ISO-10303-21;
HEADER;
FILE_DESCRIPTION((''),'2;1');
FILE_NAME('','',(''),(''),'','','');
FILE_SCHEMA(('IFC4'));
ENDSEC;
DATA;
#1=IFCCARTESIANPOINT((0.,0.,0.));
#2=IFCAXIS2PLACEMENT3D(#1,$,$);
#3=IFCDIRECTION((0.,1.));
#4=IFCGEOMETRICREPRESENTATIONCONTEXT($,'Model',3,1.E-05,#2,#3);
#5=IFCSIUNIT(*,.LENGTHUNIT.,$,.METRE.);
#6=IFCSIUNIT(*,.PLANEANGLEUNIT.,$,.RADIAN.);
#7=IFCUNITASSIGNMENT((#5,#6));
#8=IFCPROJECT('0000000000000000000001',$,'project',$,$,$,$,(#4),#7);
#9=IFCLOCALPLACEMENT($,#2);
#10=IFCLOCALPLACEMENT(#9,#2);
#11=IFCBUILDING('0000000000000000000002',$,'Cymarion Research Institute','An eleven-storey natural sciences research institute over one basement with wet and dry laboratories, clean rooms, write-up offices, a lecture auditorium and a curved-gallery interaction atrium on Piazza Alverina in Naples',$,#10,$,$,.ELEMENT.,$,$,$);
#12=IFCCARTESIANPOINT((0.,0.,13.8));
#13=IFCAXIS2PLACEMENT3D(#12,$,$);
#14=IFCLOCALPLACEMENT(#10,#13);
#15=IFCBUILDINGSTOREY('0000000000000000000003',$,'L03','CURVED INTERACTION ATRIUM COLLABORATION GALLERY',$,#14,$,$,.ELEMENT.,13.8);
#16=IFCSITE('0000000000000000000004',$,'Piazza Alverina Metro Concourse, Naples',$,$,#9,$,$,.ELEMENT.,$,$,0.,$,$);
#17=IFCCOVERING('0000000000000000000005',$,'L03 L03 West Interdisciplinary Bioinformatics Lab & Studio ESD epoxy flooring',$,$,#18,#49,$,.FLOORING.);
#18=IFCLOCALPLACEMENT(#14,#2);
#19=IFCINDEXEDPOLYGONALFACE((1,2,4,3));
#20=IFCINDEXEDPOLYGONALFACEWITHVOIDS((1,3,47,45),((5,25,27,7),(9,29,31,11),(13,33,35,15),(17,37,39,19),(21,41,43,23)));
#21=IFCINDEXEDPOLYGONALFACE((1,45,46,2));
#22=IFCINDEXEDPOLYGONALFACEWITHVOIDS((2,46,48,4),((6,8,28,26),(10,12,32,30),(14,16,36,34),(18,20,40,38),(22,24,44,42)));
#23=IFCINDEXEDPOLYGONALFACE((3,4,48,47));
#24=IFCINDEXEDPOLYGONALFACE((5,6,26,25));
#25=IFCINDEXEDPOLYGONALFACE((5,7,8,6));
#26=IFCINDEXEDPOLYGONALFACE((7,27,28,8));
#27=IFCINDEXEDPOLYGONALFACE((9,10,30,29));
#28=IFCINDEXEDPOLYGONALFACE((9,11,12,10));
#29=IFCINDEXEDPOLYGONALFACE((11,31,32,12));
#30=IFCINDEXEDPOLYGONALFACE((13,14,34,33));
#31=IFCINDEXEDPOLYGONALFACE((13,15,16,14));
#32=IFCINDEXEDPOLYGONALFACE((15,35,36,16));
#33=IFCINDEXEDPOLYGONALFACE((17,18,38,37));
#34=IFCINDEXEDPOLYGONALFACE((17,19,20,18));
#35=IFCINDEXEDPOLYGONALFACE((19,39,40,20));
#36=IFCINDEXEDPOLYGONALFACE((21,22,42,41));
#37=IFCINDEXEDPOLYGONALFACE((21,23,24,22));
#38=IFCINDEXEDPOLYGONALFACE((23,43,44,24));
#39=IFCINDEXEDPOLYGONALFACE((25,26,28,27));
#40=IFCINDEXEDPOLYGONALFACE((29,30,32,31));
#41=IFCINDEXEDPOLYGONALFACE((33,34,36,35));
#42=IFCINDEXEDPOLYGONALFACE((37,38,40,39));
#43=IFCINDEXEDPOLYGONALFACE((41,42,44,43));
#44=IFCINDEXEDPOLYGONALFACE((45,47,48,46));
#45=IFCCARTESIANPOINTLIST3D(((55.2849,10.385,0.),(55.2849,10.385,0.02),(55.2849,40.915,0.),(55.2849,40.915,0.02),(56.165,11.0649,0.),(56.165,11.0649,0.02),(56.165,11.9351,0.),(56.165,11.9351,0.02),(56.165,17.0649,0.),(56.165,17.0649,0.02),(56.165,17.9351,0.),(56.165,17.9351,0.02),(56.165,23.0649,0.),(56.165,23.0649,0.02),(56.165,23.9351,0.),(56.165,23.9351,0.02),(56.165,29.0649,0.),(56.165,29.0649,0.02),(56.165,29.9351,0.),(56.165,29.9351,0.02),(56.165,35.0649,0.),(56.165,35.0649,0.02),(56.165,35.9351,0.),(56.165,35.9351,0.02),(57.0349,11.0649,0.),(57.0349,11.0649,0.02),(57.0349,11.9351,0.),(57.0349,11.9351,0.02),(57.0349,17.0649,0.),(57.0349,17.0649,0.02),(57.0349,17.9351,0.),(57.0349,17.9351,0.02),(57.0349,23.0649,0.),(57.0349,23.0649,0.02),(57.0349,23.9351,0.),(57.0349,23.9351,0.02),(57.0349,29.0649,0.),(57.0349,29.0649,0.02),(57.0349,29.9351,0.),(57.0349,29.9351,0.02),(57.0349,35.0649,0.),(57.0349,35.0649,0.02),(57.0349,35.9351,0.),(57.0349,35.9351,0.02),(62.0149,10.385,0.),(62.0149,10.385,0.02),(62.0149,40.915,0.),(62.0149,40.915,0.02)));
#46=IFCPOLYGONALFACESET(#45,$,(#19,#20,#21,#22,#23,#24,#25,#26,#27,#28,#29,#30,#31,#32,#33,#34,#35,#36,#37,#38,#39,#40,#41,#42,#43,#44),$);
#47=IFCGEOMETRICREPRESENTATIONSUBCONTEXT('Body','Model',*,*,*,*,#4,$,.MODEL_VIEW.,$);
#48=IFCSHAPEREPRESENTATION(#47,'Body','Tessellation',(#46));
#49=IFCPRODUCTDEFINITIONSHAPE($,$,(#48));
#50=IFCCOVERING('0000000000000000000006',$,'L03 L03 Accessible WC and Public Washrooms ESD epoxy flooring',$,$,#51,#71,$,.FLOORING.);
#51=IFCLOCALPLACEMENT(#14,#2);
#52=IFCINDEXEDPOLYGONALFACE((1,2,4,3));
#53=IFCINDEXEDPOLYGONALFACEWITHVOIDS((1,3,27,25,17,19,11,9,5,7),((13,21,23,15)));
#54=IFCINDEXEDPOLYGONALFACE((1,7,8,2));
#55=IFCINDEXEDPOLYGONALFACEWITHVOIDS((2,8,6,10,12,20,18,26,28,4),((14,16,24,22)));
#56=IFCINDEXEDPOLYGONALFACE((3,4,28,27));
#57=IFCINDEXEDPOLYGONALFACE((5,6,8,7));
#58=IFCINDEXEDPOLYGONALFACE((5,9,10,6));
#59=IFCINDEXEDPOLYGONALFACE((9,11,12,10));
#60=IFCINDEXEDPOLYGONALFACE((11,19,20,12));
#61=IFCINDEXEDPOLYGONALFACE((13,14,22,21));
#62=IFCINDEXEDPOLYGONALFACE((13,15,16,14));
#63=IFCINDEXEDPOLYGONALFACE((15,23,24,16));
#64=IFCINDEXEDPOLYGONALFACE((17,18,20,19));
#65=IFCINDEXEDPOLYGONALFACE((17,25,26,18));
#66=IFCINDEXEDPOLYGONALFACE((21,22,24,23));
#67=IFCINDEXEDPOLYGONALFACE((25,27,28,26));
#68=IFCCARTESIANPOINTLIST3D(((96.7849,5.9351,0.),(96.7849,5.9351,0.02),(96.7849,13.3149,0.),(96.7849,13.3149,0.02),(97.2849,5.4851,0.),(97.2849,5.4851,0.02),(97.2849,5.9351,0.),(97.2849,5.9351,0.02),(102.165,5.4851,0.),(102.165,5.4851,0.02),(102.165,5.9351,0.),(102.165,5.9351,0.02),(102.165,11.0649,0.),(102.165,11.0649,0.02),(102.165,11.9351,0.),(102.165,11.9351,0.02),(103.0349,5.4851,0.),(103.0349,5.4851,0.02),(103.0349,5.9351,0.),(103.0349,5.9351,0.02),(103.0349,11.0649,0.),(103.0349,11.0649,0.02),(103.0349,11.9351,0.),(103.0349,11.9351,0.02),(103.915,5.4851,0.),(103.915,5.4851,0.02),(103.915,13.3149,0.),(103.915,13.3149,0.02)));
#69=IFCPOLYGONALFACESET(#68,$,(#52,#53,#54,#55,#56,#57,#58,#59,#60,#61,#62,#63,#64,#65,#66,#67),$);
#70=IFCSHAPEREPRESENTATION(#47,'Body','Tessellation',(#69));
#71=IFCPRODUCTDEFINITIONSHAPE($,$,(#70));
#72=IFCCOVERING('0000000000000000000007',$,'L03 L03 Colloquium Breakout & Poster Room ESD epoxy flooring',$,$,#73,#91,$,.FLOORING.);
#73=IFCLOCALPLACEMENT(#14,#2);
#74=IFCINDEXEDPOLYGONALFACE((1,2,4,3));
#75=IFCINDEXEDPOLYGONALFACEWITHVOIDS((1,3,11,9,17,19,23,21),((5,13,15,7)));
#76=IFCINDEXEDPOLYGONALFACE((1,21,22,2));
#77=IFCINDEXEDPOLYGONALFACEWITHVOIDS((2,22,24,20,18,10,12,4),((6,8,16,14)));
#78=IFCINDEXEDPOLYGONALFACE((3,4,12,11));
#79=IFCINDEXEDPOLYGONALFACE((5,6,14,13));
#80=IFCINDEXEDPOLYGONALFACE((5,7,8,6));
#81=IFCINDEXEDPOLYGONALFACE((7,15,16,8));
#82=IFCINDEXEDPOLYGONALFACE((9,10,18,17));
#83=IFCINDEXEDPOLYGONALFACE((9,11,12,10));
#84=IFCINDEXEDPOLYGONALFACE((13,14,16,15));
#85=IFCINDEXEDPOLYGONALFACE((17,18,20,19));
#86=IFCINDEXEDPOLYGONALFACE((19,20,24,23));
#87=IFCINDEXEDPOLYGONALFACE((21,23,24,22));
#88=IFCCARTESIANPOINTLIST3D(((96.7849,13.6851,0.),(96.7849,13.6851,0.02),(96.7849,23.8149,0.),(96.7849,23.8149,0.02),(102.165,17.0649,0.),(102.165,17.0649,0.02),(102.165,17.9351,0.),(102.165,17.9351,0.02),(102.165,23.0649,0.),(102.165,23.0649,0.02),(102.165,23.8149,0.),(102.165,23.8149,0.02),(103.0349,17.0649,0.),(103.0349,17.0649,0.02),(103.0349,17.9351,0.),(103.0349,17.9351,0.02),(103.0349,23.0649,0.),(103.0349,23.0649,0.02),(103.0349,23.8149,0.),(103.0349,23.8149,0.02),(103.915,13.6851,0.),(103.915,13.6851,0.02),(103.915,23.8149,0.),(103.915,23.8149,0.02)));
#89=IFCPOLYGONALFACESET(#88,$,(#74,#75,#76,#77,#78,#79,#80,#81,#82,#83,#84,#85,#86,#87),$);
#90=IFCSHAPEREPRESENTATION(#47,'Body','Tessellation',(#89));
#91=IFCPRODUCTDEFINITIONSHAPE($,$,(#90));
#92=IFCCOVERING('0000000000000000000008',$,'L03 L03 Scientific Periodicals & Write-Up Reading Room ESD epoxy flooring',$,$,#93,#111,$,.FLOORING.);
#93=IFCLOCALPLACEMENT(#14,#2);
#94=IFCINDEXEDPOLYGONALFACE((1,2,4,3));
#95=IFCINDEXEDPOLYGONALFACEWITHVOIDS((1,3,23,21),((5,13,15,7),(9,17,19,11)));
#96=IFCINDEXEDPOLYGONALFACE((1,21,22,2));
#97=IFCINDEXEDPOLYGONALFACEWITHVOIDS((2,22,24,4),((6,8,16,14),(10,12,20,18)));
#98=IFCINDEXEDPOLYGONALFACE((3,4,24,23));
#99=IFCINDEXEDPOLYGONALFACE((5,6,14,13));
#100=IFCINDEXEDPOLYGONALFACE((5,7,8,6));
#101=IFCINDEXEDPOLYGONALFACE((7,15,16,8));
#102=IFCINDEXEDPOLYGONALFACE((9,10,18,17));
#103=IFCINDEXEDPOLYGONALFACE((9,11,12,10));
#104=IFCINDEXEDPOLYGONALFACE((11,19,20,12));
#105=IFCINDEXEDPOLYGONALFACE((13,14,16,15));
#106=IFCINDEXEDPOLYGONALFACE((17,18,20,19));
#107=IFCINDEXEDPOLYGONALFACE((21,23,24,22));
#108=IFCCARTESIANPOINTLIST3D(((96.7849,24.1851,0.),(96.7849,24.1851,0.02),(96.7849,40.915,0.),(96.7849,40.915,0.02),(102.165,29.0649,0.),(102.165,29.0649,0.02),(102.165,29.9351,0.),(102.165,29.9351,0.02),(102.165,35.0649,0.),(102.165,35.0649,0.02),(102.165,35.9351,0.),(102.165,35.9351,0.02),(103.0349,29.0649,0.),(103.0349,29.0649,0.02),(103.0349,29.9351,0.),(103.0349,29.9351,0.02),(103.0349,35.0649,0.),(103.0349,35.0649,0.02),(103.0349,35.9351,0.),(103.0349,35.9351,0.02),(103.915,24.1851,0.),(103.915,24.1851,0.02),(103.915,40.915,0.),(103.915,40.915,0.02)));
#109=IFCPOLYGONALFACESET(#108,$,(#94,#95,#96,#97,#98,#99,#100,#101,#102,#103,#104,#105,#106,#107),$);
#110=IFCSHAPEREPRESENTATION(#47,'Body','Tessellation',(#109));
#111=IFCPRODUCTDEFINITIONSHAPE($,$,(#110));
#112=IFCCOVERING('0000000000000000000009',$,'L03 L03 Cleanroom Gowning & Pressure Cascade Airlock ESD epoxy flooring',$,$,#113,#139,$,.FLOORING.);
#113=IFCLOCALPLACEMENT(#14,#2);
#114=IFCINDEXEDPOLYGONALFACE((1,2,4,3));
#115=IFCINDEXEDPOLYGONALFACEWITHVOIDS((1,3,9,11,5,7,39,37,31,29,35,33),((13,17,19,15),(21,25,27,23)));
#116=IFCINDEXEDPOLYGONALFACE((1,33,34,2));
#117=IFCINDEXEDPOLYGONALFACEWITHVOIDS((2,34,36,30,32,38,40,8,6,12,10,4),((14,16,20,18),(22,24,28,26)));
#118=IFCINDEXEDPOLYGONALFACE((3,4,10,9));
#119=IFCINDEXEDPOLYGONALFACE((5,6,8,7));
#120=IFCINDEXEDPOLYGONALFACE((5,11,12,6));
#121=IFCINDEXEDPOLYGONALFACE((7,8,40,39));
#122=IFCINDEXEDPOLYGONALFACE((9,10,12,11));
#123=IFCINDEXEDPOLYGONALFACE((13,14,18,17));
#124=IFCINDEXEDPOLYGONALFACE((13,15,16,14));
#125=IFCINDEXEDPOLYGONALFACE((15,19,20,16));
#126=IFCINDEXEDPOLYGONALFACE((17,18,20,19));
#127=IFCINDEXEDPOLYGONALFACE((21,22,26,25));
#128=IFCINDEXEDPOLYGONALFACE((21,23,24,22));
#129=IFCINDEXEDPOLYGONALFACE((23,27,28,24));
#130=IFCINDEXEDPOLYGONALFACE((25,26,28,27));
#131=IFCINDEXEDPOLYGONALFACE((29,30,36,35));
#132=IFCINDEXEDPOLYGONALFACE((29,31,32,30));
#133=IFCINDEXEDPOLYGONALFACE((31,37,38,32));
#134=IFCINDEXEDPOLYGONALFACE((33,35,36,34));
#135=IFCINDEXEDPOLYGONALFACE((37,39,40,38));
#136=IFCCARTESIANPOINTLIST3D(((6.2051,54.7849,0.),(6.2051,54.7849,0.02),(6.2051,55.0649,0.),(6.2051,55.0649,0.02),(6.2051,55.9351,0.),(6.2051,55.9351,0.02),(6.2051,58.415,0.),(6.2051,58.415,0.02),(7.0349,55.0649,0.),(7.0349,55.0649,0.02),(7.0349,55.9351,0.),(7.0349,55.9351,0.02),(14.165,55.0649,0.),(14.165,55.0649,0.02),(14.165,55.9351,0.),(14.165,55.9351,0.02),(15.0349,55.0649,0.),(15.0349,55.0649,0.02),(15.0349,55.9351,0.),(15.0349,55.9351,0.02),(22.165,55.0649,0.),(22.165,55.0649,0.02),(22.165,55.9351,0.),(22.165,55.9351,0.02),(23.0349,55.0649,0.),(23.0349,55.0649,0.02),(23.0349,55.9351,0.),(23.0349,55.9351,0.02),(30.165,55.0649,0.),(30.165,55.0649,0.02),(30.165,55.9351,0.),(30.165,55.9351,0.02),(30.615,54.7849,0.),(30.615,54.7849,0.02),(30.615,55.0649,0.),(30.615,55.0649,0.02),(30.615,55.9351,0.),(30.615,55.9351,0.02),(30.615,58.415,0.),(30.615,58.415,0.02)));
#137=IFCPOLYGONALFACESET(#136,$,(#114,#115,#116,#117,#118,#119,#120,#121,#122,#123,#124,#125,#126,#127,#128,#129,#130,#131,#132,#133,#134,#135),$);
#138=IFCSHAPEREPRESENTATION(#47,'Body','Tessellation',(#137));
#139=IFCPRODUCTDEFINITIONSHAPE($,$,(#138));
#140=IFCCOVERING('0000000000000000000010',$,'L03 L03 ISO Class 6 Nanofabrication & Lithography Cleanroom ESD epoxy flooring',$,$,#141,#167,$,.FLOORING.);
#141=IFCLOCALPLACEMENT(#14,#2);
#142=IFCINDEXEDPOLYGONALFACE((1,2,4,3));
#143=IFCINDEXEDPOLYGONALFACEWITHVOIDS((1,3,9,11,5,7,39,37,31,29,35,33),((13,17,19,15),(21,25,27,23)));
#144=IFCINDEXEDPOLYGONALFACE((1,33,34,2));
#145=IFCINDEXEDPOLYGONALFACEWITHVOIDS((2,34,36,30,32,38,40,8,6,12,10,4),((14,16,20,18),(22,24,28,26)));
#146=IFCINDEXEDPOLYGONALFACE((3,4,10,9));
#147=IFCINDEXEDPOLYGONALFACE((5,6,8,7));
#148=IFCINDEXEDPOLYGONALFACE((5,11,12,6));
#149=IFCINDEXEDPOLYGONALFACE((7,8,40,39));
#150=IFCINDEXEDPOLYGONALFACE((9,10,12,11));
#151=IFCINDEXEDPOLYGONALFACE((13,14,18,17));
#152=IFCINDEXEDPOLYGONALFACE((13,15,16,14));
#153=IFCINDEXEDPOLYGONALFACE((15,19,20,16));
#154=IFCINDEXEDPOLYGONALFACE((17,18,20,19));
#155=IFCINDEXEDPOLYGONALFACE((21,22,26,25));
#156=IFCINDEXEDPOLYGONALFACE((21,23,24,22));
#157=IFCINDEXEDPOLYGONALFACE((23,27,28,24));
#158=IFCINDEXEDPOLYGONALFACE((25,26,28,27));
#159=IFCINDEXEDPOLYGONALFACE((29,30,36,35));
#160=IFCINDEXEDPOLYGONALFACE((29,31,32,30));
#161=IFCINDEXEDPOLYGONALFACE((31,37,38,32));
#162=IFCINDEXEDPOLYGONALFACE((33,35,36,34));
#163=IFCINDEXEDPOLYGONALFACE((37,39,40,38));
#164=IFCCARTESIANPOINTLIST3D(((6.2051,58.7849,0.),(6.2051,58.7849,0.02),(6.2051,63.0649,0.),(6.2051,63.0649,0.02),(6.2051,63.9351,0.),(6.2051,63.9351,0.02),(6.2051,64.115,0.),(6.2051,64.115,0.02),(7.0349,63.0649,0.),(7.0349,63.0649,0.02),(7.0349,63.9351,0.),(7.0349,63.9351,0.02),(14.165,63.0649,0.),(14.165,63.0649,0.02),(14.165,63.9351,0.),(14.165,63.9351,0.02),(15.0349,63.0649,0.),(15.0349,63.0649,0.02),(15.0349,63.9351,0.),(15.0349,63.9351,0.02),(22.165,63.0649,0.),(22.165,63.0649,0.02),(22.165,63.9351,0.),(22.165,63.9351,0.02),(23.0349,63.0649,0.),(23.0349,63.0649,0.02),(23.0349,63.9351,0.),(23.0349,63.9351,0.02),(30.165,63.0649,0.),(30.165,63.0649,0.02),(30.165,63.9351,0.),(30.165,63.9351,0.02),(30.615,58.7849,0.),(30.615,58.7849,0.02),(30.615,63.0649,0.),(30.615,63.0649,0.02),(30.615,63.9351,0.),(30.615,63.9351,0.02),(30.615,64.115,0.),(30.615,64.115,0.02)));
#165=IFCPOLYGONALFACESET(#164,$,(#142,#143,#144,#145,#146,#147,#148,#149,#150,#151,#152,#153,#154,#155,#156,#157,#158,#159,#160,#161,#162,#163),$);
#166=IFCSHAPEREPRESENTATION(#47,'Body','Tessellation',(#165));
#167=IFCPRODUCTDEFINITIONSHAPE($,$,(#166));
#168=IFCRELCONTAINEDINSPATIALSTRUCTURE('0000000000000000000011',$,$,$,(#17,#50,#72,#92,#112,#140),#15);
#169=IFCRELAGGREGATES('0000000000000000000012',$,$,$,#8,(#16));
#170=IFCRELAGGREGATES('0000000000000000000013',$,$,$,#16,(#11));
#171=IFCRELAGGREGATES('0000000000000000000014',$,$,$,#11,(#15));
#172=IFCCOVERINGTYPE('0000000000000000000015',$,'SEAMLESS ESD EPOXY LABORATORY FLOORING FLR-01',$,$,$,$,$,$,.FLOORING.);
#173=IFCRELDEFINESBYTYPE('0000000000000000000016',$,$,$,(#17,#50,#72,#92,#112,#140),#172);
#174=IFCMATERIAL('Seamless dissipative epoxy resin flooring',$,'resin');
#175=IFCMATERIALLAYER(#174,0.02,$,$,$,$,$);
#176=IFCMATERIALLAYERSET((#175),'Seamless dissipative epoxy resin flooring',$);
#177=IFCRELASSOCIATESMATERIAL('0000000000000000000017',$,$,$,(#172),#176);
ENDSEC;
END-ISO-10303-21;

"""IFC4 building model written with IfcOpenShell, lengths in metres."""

from ifc_helpers import new_model, si_unit, direction, frame, origin, place, context, subcontext, project, spatial, polyline, outline, extrude, material, layer, layer_set, type_object, element, save


model = new_model("IFC4")

# Units and contexts
model_context = context("Model", 3, precision=1e-05, world=origin(), true_north=direction((0.0, 1.0)))
body_context = subcontext(model_context, "Body", "Model", "MODEL_VIEW")
ifc_project = project(units=[si_unit("LENGTHUNIT", "METRE"), si_unit("PLANEANGLEUNIT", "RADIAN")], contexts=[model_context])

# Site, building, storey
site_placement = place(None, origin())
site = spatial("IfcSite", under=ifc_project, at=site_placement, Name="Piazza Alverina Metro Concourse, Naples", CompositionType="ELEMENT", RefElevation=0.0)
building_placement = place(site_placement, origin())
building = spatial("IfcBuilding", under=site, at=building_placement, Name="Cymarion Research Institute", Description="An eleven-storey natural sciences research institute over one basement with wet and dry laboratories, clean rooms, write-up offices, a lecture auditorium and a curved-gallery interaction atrium on Piazza Alverina in Naples", CompositionType="ELEMENT")
storey_placement = place(building_placement, frame((0.0, 0.0, 13.8)))
storey = spatial("IfcBuildingStorey", under=building, at=storey_placement, Name="L03", Description="CURVED INTERACTION ATRIUM COLLABORATION GALLERY", CompositionType="ELEMENT", Elevation=13.8)

# Coverings
ifc_material_1 = material(Name="Seamless dissipative epoxy resin flooring", Category="resin")
ifc_layer_1 = layer(ifc_material_1, 0.02)
ifc_layer_set_1 = layer_set([ifc_layer_1], Name="Seamless dissipative epoxy resin flooring")
covering_type_1 = type_object("IfcCoveringType", Name="SEAMLESS ESD EPOXY LABORATORY FLOORING FLR-01", PredefinedType="FLOORING", material=ifc_layer_set_1)
covering_1_placement = place(storey_placement, origin())
element("IfcCovering", 1, at=covering_1_placement, inside=storey, type_object=covering_type_1, Name="L03 L03 West Interdisciplinary Bioinformatics Lab & Studio ESD epoxy flooring", PredefinedType="FLOORING", context=body_context, shape_type="SweptSolid", body=[
    extrude(outline(polyline([(55.2849, 40.915), (62.0149, 40.915), (62.0149, 10.385), (55.2849, 10.385), (55.2849, 40.915)]), holes=[polyline([(56.165, 23.9351), (56.165, 23.0649), (57.0349, 23.0649), (57.0349, 23.9351), (56.165, 23.9351)]), polyline([(56.165, 35.9351), (56.165, 35.0649), (57.0349, 35.0649), (57.0349, 35.9351), (56.165, 35.9351)]), polyline([(57.0349, 11.9351), (56.165, 11.9351), (56.165, 11.0649), (57.0349, 11.0649), (57.0349, 11.9351)]), polyline([(57.0349, 17.9351), (56.165, 17.9351), (56.165, 17.0649), (57.0349, 17.0649), (57.0349, 17.9351)]), polyline([(57.0349, 29.9351), (56.165, 29.9351), (56.165, 29.0649), (57.0349, 29.0649), (57.0349, 29.9351)])]), origin(), (0.0, 0.0, 1.0), 0.02),
])
covering_2_placement = place(storey_placement, origin())
element("IfcCovering", 2, at=covering_2_placement, inside=storey, type_object=covering_type_1, Name="L03 L03 Accessible WC and Public Washrooms ESD epoxy flooring", PredefinedType="FLOORING", context=body_context, shape_type="SweptSolid", body=[
    extrude(outline(polyline([(96.7849, 13.3149), (103.915, 13.3149), (103.915, 5.4851), (103.0349, 5.4851), (103.0349, 5.9351), (102.165, 5.9351), (102.165, 5.4851), (97.2849, 5.4851), (97.2849, 5.9351), (96.7849, 5.9351), (96.7849, 13.3149)]), holes=[polyline([(103.0349, 11.9351), (102.165, 11.9351), (102.165, 11.0649), (103.0349, 11.0649), (103.0349, 11.9351)])]), origin(), (0.0, 0.0, 1.0), 0.02),
])
covering_3_placement = place(storey_placement, origin())
element("IfcCovering", 3, at=covering_3_placement, inside=storey, type_object=covering_type_1, Name="L03 L03 Colloquium Breakout & Poster Room ESD epoxy flooring", PredefinedType="FLOORING", context=body_context, shape_type="SweptSolid", body=[
    extrude(outline(polyline([(96.7849, 23.8149), (102.165, 23.8149), (102.165, 23.0649), (103.0349, 23.0649), (103.0349, 23.8149), (103.915, 23.8149), (103.915, 13.6851), (96.7849, 13.6851), (96.7849, 23.8149)]), holes=[polyline([(102.165, 17.9351), (102.165, 17.0649), (103.0349, 17.0649), (103.0349, 17.9351), (102.165, 17.9351)])]), origin(), (0.0, 0.0, 1.0), 0.02),
])
covering_4_placement = place(storey_placement, origin())
element("IfcCovering", 4, at=covering_4_placement, inside=storey, type_object=covering_type_1, Name="L03 L03 Scientific Periodicals & Write-Up Reading Room ESD epoxy flooring", PredefinedType="FLOORING", context=body_context, shape_type="SweptSolid", body=[
    extrude(outline(polyline([(96.7849, 40.915), (103.915, 40.915), (103.915, 24.1851), (96.7849, 24.1851), (96.7849, 40.915)]), holes=[polyline([(103.0349, 29.9351), (102.165, 29.9351), (102.165, 29.0649), (103.0349, 29.0649), (103.0349, 29.9351)]), polyline([(103.0349, 35.9351), (102.165, 35.9351), (102.165, 35.0649), (103.0349, 35.0649), (103.0349, 35.9351)])]), origin(), (0.0, 0.0, 1.0), 0.02),
])
covering_5_placement = place(storey_placement, origin())
element("IfcCovering", 5, at=covering_5_placement, inside=storey, type_object=covering_type_1, Name="L03 L03 Cleanroom Gowning & Pressure Cascade Airlock ESD epoxy flooring", PredefinedType="FLOORING", context=body_context, shape_type="SweptSolid", body=[
    extrude(outline(polyline([(6.2051, 55.0649), (7.0349, 55.0649), (7.0349, 55.9351), (6.2051, 55.9351), (6.2051, 58.415), (30.615, 58.415), (30.615, 55.9351), (30.165, 55.9351), (30.165, 55.0649), (30.615, 55.0649), (30.615, 54.7849), (6.2051, 54.7849), (6.2051, 55.0649)]), holes=[polyline([(23.0349, 55.9351), (22.165, 55.9351), (22.165, 55.0649), (23.0349, 55.0649), (23.0349, 55.9351)]), polyline([(14.165, 55.9351), (14.165, 55.0649), (15.0349, 55.0649), (15.0349, 55.9351), (14.165, 55.9351)])]), origin(), (0.0, 0.0, 1.0), 0.02),
])
covering_6_placement = place(storey_placement, origin())
element("IfcCovering", 6, at=covering_6_placement, inside=storey, type_object=covering_type_1, Name="L03 L03 ISO Class 6 Nanofabrication & Lithography Cleanroom ESD epoxy flooring", PredefinedType="FLOORING", context=body_context, shape_type="SweptSolid", body=[
    extrude(outline(polyline([(6.2051, 63.0649), (7.0349, 63.0649), (7.0349, 63.9351), (6.2051, 63.9351), (6.2051, 64.115), (30.615, 64.115), (30.615, 63.9351), (30.165, 63.9351), (30.165, 63.0649), (30.615, 63.0649), (30.615, 58.7849), (6.2051, 58.7849), (6.2051, 63.0649)]), holes=[polyline([(22.165, 63.9351), (22.165, 63.0649), (23.0349, 63.0649), (23.0349, 63.9351), (22.165, 63.9351)]), polyline([(15.0349, 63.9351), (14.165, 63.9351), (14.165, 63.0649), (15.0349, 63.0649), (15.0349, 63.9351)])]), origin(), (0.0, 0.0, 1.0), 0.02),
])

save(model, "model.ifc")
